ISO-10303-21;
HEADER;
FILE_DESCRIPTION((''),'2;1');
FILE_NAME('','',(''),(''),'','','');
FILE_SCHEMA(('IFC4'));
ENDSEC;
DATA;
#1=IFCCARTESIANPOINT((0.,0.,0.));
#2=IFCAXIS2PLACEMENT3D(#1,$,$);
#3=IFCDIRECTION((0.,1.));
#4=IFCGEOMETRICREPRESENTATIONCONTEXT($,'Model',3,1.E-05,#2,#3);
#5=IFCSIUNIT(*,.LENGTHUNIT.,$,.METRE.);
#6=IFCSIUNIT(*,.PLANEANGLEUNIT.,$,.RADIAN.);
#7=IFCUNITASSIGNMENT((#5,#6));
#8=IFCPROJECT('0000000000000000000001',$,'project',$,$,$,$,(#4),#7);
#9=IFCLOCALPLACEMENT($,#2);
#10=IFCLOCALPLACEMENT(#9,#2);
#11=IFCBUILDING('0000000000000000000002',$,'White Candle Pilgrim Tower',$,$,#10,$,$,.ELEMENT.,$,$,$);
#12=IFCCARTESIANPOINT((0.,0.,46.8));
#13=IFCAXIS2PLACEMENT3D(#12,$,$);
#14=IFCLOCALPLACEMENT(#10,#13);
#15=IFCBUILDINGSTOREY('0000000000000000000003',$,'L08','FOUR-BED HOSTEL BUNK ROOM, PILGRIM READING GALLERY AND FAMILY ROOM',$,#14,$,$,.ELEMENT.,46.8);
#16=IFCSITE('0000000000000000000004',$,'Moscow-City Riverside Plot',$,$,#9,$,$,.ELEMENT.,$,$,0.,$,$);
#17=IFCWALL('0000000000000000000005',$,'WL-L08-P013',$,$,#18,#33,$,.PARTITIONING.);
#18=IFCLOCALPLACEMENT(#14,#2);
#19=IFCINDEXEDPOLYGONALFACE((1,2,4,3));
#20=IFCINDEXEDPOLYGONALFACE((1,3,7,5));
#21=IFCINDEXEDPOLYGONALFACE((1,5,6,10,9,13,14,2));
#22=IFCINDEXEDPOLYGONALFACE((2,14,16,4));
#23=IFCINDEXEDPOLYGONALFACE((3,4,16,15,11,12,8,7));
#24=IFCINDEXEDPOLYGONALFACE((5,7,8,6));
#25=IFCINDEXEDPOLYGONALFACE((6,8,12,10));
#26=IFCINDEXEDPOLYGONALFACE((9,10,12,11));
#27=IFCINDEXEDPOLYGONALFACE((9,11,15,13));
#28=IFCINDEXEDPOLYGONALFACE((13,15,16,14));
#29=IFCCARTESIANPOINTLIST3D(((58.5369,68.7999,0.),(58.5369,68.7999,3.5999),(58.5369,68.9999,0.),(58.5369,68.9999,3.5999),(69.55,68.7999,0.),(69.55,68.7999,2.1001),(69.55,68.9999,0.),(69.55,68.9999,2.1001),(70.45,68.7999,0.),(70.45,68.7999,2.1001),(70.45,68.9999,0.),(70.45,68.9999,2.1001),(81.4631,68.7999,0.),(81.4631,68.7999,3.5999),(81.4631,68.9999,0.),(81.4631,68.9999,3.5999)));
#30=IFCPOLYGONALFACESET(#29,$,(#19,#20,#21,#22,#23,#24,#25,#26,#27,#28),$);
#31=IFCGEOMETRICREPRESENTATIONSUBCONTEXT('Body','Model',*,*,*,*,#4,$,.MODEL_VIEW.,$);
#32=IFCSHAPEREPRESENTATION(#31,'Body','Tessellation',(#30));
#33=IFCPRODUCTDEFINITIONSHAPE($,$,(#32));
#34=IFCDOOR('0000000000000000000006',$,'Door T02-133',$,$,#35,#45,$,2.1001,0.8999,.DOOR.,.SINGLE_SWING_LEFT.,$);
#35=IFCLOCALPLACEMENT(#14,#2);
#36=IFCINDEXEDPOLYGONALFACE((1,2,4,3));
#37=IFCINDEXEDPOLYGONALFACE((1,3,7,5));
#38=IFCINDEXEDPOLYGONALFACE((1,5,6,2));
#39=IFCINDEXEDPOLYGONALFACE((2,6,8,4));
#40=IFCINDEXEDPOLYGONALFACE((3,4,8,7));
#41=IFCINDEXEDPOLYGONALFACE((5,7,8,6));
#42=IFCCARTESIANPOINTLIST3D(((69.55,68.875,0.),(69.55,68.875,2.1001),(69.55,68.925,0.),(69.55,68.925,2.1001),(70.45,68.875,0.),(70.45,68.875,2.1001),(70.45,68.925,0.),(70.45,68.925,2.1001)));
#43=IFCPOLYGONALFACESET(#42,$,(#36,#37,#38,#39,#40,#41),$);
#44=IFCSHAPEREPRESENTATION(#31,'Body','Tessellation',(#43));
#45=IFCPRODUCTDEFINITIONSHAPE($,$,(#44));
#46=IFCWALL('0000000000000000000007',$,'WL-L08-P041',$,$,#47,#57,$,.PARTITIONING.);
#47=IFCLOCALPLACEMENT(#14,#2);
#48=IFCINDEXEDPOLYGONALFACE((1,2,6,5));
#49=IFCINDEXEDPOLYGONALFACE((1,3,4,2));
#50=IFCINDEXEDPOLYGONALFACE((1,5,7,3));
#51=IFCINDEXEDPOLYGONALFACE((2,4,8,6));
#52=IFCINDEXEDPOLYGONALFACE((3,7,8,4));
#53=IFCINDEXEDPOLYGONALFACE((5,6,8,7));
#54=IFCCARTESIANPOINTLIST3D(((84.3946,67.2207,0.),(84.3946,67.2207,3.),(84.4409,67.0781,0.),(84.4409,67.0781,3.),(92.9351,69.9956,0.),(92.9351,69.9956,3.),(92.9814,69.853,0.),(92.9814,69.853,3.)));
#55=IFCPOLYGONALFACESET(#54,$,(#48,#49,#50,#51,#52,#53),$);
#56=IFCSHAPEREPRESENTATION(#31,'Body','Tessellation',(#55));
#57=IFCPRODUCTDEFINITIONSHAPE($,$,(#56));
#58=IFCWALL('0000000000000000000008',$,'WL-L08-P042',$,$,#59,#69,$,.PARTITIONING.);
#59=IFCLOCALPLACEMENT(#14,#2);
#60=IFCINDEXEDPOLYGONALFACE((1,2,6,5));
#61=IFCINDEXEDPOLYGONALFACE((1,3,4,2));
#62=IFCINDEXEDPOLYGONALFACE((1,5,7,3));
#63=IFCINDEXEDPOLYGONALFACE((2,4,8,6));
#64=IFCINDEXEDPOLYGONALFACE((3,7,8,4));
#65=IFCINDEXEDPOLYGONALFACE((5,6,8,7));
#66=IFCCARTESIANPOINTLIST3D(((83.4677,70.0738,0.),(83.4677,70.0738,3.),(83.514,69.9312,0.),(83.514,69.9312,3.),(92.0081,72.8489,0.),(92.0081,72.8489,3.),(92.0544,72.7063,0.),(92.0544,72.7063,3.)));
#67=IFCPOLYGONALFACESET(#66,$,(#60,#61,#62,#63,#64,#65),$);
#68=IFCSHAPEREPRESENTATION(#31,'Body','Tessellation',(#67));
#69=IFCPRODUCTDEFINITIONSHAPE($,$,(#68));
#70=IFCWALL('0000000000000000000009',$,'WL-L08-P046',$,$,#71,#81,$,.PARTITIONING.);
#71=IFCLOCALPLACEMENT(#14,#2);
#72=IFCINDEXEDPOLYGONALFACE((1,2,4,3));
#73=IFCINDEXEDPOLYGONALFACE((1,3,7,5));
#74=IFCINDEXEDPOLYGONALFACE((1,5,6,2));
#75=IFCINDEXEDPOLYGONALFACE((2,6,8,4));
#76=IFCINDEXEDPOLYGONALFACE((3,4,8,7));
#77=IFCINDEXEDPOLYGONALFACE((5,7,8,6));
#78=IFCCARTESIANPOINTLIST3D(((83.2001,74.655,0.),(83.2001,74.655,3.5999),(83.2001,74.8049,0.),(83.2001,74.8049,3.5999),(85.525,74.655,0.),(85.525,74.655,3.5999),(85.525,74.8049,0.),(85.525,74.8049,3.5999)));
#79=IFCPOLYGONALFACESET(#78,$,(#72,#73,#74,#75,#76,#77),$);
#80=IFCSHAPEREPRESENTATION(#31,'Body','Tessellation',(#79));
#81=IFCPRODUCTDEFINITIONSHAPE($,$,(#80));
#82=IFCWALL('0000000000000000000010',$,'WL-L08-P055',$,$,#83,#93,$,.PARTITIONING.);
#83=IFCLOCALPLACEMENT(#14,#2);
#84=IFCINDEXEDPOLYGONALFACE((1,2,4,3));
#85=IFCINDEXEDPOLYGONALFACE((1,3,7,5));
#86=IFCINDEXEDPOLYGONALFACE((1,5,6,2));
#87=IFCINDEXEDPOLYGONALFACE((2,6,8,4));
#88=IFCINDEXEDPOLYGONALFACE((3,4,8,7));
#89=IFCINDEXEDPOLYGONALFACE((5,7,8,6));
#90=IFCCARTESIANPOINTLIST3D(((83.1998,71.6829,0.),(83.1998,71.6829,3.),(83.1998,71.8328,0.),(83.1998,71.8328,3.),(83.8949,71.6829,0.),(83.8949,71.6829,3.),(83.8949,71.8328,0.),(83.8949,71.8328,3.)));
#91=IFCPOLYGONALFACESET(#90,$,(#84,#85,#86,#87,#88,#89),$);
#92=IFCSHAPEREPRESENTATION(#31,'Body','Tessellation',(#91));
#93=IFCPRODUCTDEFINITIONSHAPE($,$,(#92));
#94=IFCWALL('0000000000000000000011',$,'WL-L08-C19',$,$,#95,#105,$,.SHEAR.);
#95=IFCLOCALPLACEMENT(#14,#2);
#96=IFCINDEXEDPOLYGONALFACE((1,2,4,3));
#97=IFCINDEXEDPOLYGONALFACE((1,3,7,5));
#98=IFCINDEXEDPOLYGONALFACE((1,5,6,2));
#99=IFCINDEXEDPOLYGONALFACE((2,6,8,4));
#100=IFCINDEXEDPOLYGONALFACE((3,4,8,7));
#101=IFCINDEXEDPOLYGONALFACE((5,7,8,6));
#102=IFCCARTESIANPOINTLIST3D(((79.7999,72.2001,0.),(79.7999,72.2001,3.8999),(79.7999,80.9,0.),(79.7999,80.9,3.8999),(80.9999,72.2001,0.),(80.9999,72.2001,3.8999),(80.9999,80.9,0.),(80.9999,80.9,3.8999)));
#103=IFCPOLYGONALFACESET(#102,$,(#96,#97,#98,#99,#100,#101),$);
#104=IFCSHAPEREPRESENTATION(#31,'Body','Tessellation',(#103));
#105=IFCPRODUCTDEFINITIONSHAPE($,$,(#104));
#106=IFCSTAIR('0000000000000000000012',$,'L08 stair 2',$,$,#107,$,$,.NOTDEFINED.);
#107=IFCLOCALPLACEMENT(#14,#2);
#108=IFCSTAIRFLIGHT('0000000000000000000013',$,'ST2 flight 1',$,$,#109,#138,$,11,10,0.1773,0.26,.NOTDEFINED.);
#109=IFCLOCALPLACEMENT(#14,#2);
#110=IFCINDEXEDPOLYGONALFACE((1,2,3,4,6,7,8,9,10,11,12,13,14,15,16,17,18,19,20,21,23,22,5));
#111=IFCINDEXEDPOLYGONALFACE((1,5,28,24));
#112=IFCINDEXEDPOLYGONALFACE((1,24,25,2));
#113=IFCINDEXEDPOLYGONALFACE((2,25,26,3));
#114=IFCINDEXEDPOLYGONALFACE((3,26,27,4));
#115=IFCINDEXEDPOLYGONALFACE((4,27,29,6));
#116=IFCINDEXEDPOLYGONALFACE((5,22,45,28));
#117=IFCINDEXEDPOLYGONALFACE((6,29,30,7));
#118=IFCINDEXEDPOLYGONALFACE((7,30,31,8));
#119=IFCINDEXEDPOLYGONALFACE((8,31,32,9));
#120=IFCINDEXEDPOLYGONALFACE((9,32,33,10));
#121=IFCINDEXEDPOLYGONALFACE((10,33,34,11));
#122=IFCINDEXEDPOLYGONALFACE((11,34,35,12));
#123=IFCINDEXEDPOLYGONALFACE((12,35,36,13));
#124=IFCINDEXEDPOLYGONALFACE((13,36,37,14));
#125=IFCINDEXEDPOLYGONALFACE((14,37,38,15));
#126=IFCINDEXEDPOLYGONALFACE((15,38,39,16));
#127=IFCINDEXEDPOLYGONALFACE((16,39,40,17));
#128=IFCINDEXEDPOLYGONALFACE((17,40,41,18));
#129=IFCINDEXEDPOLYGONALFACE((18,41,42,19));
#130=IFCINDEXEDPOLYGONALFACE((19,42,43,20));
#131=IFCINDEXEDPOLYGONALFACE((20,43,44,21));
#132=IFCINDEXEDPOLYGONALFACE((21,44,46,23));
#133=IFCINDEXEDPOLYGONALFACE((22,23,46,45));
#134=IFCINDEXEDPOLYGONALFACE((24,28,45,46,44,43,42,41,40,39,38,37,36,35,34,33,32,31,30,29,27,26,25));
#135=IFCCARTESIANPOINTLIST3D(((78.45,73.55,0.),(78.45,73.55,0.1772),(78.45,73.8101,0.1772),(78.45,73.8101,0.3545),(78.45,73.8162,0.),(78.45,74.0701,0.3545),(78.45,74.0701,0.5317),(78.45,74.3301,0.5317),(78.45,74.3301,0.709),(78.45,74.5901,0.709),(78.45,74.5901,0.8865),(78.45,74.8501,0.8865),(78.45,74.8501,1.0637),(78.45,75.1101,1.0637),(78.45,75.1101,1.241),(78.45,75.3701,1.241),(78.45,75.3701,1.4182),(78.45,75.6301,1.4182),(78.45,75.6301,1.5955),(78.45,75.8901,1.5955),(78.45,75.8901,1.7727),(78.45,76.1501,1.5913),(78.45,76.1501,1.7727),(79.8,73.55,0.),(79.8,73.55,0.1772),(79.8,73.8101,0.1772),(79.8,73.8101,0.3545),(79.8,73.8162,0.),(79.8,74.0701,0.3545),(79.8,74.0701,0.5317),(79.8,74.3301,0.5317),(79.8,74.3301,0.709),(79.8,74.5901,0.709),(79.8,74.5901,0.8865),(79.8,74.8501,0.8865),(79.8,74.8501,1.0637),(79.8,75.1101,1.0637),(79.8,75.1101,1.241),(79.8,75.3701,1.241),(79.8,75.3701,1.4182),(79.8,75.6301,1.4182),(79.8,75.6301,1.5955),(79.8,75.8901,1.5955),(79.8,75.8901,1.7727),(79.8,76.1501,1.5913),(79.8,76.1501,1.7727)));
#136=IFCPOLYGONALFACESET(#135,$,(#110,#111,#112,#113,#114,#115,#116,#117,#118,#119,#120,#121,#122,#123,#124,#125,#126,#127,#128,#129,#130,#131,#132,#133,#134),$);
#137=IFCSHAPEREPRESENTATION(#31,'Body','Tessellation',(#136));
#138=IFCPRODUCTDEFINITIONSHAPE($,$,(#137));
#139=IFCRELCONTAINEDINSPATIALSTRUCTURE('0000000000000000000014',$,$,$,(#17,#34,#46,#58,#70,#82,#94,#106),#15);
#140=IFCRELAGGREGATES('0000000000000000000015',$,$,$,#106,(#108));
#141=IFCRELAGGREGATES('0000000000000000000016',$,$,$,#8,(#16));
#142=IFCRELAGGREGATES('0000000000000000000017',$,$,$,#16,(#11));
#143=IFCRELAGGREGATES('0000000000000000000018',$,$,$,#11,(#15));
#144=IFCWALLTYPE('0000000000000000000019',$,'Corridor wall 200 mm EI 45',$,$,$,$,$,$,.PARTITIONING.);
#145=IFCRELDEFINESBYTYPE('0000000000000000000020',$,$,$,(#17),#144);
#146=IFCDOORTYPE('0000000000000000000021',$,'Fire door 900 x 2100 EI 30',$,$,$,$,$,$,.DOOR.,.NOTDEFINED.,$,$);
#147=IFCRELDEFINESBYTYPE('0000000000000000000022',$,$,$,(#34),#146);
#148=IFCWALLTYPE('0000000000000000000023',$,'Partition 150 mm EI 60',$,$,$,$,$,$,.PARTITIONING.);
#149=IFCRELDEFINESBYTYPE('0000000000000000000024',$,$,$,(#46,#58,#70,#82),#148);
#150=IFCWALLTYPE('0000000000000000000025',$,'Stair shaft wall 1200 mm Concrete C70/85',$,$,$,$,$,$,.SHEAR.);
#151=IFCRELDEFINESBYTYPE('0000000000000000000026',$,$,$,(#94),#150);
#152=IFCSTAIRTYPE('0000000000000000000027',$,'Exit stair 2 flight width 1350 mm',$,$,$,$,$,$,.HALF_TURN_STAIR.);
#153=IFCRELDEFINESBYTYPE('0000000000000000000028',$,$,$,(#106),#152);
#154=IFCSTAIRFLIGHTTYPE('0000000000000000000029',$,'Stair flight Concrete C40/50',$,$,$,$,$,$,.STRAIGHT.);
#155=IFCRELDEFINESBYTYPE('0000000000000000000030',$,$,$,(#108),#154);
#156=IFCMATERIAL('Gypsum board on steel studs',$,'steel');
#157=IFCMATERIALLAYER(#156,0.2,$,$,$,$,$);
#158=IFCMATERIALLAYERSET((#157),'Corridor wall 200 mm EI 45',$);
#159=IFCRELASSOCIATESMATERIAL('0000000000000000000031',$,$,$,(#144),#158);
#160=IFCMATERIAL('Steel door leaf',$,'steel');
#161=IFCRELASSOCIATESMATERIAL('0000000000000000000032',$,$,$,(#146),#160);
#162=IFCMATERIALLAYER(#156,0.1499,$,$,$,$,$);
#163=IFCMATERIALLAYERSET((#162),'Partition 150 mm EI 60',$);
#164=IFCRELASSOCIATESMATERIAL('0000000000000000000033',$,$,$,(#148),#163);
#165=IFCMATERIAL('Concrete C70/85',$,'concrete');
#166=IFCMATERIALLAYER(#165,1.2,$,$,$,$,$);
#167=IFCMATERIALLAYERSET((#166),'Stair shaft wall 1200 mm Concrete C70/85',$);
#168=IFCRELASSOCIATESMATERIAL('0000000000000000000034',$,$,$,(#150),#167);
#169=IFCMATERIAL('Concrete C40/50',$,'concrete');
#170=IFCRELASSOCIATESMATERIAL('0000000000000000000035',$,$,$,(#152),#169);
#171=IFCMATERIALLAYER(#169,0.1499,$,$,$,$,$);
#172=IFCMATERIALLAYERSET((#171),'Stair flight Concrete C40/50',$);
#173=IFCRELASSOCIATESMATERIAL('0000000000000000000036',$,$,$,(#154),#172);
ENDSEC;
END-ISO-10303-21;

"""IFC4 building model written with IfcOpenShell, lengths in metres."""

from ifc_helpers import new_model, si_unit, direction, frame, frame_2d, origin, place, context, subcontext, project, spatial, polyline, rectangle, outline, extrude, material, layer, layer_set, type_object, element, fill, aggregate, save


model = new_model("IFC4")

# Units and contexts
model_context = context("Model", 3, precision=1e-05, world=origin(), true_north=direction((0.0, 1.0)))
body_context = subcontext(model_context, "Body", "Model", "MODEL_VIEW")
ifc_project = project(units=[si_unit("LENGTHUNIT", "METRE"), si_unit("PLANEANGLEUNIT", "RADIAN")], contexts=[model_context])

# Site, building, storey
site_placement = place(None, origin())
site = spatial("IfcSite", under=ifc_project, at=site_placement, Name="Moscow-City Riverside Plot", CompositionType="ELEMENT", RefElevation=0.0)
building_placement = place(site_placement, origin())
building = spatial("IfcBuilding", under=site, at=building_placement, Name="White Candle Pilgrim Tower", CompositionType="ELEMENT")
storey_placement = place(building_placement, frame((0.0, 0.0, 46.8)))
storey = spatial("IfcBuildingStorey", under=building, at=storey_placement, Name="L08", Description="FOUR-BED HOSTEL BUNK ROOM, PILGRIM READING GALLERY AND FAMILY ROOM", CompositionType="ELEMENT", Elevation=46.8)

# Shared definitions
ifc_material_1 = material(Name="Gypsum board on steel studs", Category="steel")
ifc_layer_1 = layer(ifc_material_1, 0.2)
ifc_layer_set_1 = layer_set([ifc_layer_1], Name="Corridor wall 200 mm EI 45")
wall_type_1 = type_object("IfcWallType", Name="Corridor wall 200 mm EI 45", PredefinedType="PARTITIONING", material=ifc_layer_set_1)
ifc_material_2 = material(Name="Steel door leaf", Category="steel")
door_type = type_object("IfcDoorType", Name="Fire door 900 x 2100 EI 30", OperationType="NOTDEFINED", PredefinedType="DOOR", material=ifc_material_2)

# Wall, opening, door
wall_1_placement = place(storey_placement, frame((81.4631, 68.8999, 0.0), z_axis=(0.0, 0.0, 1.0), x_axis=(-1.0, 0.0, 0.0)))
wall_1 = element("IfcWall", 1, at=wall_1_placement, inside=storey, type_object=wall_type_1, Name="WL-L08-P013", PredefinedType="PARTITIONING", context=body_context, shape_type="SweptSolid", body=[
    extrude(rectangle(XDim=22.9263, YDim=0.2, at=frame_2d((11.4631, 0.0))), origin(), (0.0, 0.0, 1.0), 3.5999),
])
opening_1_placement = place(wall_1_placement, frame((11.0132, 0.0, 0.0)))
opening_1 = element("IfcOpeningElement", 2, at=opening_1_placement, cuts=wall_1, PredefinedType="OPENING", context=body_context, shape_type="SweptSolid", body=[
    extrude(rectangle(XDim=0.8999, YDim=2.1001, at=frame_2d((0.45, 1.05))), frame((0.0, 0.1099, 0.0), z_axis=(0.0, -1.0, 0.0), x_axis=(1.0, 0.0, 0.0)), (0.0, 0.0, 1.0), 0.22),
])
door_1_placement = place(opening_1_placement, origin())
door_1 = element("IfcDoor", 3, at=door_1_placement, inside=storey, type_object=door_type, Name="Door T02-133", OperationType="SINGLE_SWING_LEFT", OverallHeight=2.1001, OverallWidth=0.8999, PredefinedType="DOOR", context=body_context, shape_type="SweptSolid", body=[
    extrude(rectangle(XDim=0.8999, YDim=2.1001, at=frame_2d((0.45, 1.05))), frame((0.0, 0.0249, 0.0), z_axis=(0.0, -1.0, 0.0), x_axis=(1.0, 0.0, 0.0)), (0.0, 0.0, 1.0), 0.05),
])
fill(opening_1, door_1)

# Walls
ifc_layer_2 = layer(ifc_material_1, 0.1499)
ifc_layer_set_2 = layer_set([ifc_layer_2], Name="Partition 150 mm EI 60")
wall_type_2 = type_object("IfcWallType", Name="Partition 150 mm EI 60", PredefinedType="PARTITIONING", material=ifc_layer_set_2)
for number, where, z_axis, x_axis, name in (
    (4, (92.9583, 69.9243, 0.0), (0.0, 0.0, 1.0), (-0.951059, -0.309009, 0.0), "WL-L08-P041"),
    (5, (92.0312, 72.7776, 0.0), (0.0, 0.0, 1.0), (-0.951051, -0.309033, 0.0), "WL-L08-P042"),
):
    element("IfcWall", number, at=place(storey_placement, frame(where, z_axis=z_axis, x_axis=x_axis)), inside=storey, type_object=wall_type_2, Name=name, PredefinedType="PARTITIONING", context=body_context, shape_type="SweptSolid", body=[
        extrude(rectangle(XDim=8.98, YDim=0.1499, at=frame_2d((4.49, 0.0))), origin(), (0.0, 0.0, 1.0), 3.0),
    ])
wall_2_placement = place(storey_placement, frame((83.2, 74.73, 0.0), z_axis=(0.0, 0.0, 1.0), x_axis=(1.0, 0.0, 0.0)))
element("IfcWall", 6, at=wall_2_placement, inside=storey, type_object=wall_type_2, Name="WL-L08-P046", PredefinedType="PARTITIONING", context=body_context, shape_type="SweptSolid", body=[
    extrude(rectangle(XDim=2.325, YDim=0.1499, at=frame_2d((1.1626, 0.0))), origin(), (0.0, 0.0, 1.0), 3.5999),
])
wall_3_placement = place(storey_placement, frame((83.895, 71.7578, 0.0), z_axis=(0.0, 0.0, 1.0), x_axis=(-1.0, 0.0, 0.0)))
element("IfcWall", 7, at=wall_3_placement, inside=storey, type_object=wall_type_2, Name="WL-L08-P055", PredefinedType="PARTITIONING", context=body_context, shape_type="SweptSolid", body=[
    extrude(rectangle(XDim=0.6951, YDim=0.1499, at=frame_2d((0.3477, 0.0))), origin(), (0.0, 0.0, 1.0), 3.0),
])
ifc_material_3 = material(Name="Concrete C70/85", Category="concrete")
ifc_layer_3 = layer(ifc_material_3, 1.2)
ifc_layer_set_3 = layer_set([ifc_layer_3], Name="Stair shaft wall 1200 mm Concrete C70/85")
wall_type_3 = type_object("IfcWallType", Name="Stair shaft wall 1200 mm Concrete C70/85", PredefinedType="SHEAR", material=ifc_layer_set_3)
wall_4_placement = place(storey_placement, frame((80.3999, 72.2, 0.0), z_axis=(0.0, 0.0, 1.0), x_axis=(0.0, 1.0, 0.0)))
element("IfcWall", 8, at=wall_4_placement, inside=storey, type_object=wall_type_3, Name="WL-L08-C19", PredefinedType="SHEAR", context=body_context, shape_type="SweptSolid", body=[
    extrude(rectangle(XDim=8.7, YDim=1.2, at=frame_2d((4.3501, 0.0))), origin(), (0.0, 0.0, 1.0), 3.8999),
])

# Stair, stair flight
ifc_material_4 = material(Name="Concrete C40/50", Category="concrete")
stair_type = type_object("IfcStairType", Name="Exit stair 2 flight width 1350 mm", PredefinedType="HALF_TURN_STAIR", material=ifc_material_4)
stair_placement = place(storey_placement, origin())
stair = element("IfcStair", 9, at=stair_placement, inside=storey, type_object=stair_type, Name="L08 stair 2", PredefinedType="NOTDEFINED")
ifc_layer_4 = layer(ifc_material_4, 0.1499)
ifc_layer_set_4 = layer_set([ifc_layer_4], Name="Stair flight Concrete C40/50")
stair_flight_type = type_object("IfcStairFlightType", Name="Stair flight Concrete C40/50", PredefinedType="STRAIGHT", material=ifc_layer_set_4)
stair_flight_placement = place(storey_placement, frame((79.125, 73.55, 0.0), z_axis=(0.0, 0.0, 1.0), x_axis=(0.0, 1.0, 0.0)))
stair_flight = element("IfcStairFlight", 10, at=stair_flight_placement, type_object=stair_flight_type, Name="ST2 flight 1", NumberOfRisers=11, NumberOfTreads=10, PredefinedType="NOTDEFINED", RiserHeight=0.1773, TreadLength=0.26, context=body_context, shape_type="SweptSolid", body=[
    extrude(outline(polyline([(0.0, 0.0), (0.0, 0.1772), (0.26, 0.1772), (0.26, 0.3545), (0.52, 0.3545), (0.52, 0.5317), (0.78, 0.5317), (0.78, 0.709), (1.04, 0.709), (1.04, 0.8865), (1.3, 0.8865), (1.3, 1.0637), (1.5601, 1.0637), (1.5601, 1.241), (1.8201, 1.241), (1.8201, 1.4182), (2.0801, 1.4182), (2.0801, 1.5955), (2.3401, 1.5955), (2.3401, 1.7727), (2.6001, 1.7727), (2.6001, 1.95), (2.6001, 1.5913), (0.2661, 0.0), (0.0, 0.0)])), frame((0.0, 0.675, 0.0), z_axis=(0.0, -1.0, 0.0), x_axis=(1.0, 0.0, 0.0)), (0.0, 0.0, 1.0), 1.3501),
])
aggregate(stair, [stair_flight])

save(model, "model.ifc")
